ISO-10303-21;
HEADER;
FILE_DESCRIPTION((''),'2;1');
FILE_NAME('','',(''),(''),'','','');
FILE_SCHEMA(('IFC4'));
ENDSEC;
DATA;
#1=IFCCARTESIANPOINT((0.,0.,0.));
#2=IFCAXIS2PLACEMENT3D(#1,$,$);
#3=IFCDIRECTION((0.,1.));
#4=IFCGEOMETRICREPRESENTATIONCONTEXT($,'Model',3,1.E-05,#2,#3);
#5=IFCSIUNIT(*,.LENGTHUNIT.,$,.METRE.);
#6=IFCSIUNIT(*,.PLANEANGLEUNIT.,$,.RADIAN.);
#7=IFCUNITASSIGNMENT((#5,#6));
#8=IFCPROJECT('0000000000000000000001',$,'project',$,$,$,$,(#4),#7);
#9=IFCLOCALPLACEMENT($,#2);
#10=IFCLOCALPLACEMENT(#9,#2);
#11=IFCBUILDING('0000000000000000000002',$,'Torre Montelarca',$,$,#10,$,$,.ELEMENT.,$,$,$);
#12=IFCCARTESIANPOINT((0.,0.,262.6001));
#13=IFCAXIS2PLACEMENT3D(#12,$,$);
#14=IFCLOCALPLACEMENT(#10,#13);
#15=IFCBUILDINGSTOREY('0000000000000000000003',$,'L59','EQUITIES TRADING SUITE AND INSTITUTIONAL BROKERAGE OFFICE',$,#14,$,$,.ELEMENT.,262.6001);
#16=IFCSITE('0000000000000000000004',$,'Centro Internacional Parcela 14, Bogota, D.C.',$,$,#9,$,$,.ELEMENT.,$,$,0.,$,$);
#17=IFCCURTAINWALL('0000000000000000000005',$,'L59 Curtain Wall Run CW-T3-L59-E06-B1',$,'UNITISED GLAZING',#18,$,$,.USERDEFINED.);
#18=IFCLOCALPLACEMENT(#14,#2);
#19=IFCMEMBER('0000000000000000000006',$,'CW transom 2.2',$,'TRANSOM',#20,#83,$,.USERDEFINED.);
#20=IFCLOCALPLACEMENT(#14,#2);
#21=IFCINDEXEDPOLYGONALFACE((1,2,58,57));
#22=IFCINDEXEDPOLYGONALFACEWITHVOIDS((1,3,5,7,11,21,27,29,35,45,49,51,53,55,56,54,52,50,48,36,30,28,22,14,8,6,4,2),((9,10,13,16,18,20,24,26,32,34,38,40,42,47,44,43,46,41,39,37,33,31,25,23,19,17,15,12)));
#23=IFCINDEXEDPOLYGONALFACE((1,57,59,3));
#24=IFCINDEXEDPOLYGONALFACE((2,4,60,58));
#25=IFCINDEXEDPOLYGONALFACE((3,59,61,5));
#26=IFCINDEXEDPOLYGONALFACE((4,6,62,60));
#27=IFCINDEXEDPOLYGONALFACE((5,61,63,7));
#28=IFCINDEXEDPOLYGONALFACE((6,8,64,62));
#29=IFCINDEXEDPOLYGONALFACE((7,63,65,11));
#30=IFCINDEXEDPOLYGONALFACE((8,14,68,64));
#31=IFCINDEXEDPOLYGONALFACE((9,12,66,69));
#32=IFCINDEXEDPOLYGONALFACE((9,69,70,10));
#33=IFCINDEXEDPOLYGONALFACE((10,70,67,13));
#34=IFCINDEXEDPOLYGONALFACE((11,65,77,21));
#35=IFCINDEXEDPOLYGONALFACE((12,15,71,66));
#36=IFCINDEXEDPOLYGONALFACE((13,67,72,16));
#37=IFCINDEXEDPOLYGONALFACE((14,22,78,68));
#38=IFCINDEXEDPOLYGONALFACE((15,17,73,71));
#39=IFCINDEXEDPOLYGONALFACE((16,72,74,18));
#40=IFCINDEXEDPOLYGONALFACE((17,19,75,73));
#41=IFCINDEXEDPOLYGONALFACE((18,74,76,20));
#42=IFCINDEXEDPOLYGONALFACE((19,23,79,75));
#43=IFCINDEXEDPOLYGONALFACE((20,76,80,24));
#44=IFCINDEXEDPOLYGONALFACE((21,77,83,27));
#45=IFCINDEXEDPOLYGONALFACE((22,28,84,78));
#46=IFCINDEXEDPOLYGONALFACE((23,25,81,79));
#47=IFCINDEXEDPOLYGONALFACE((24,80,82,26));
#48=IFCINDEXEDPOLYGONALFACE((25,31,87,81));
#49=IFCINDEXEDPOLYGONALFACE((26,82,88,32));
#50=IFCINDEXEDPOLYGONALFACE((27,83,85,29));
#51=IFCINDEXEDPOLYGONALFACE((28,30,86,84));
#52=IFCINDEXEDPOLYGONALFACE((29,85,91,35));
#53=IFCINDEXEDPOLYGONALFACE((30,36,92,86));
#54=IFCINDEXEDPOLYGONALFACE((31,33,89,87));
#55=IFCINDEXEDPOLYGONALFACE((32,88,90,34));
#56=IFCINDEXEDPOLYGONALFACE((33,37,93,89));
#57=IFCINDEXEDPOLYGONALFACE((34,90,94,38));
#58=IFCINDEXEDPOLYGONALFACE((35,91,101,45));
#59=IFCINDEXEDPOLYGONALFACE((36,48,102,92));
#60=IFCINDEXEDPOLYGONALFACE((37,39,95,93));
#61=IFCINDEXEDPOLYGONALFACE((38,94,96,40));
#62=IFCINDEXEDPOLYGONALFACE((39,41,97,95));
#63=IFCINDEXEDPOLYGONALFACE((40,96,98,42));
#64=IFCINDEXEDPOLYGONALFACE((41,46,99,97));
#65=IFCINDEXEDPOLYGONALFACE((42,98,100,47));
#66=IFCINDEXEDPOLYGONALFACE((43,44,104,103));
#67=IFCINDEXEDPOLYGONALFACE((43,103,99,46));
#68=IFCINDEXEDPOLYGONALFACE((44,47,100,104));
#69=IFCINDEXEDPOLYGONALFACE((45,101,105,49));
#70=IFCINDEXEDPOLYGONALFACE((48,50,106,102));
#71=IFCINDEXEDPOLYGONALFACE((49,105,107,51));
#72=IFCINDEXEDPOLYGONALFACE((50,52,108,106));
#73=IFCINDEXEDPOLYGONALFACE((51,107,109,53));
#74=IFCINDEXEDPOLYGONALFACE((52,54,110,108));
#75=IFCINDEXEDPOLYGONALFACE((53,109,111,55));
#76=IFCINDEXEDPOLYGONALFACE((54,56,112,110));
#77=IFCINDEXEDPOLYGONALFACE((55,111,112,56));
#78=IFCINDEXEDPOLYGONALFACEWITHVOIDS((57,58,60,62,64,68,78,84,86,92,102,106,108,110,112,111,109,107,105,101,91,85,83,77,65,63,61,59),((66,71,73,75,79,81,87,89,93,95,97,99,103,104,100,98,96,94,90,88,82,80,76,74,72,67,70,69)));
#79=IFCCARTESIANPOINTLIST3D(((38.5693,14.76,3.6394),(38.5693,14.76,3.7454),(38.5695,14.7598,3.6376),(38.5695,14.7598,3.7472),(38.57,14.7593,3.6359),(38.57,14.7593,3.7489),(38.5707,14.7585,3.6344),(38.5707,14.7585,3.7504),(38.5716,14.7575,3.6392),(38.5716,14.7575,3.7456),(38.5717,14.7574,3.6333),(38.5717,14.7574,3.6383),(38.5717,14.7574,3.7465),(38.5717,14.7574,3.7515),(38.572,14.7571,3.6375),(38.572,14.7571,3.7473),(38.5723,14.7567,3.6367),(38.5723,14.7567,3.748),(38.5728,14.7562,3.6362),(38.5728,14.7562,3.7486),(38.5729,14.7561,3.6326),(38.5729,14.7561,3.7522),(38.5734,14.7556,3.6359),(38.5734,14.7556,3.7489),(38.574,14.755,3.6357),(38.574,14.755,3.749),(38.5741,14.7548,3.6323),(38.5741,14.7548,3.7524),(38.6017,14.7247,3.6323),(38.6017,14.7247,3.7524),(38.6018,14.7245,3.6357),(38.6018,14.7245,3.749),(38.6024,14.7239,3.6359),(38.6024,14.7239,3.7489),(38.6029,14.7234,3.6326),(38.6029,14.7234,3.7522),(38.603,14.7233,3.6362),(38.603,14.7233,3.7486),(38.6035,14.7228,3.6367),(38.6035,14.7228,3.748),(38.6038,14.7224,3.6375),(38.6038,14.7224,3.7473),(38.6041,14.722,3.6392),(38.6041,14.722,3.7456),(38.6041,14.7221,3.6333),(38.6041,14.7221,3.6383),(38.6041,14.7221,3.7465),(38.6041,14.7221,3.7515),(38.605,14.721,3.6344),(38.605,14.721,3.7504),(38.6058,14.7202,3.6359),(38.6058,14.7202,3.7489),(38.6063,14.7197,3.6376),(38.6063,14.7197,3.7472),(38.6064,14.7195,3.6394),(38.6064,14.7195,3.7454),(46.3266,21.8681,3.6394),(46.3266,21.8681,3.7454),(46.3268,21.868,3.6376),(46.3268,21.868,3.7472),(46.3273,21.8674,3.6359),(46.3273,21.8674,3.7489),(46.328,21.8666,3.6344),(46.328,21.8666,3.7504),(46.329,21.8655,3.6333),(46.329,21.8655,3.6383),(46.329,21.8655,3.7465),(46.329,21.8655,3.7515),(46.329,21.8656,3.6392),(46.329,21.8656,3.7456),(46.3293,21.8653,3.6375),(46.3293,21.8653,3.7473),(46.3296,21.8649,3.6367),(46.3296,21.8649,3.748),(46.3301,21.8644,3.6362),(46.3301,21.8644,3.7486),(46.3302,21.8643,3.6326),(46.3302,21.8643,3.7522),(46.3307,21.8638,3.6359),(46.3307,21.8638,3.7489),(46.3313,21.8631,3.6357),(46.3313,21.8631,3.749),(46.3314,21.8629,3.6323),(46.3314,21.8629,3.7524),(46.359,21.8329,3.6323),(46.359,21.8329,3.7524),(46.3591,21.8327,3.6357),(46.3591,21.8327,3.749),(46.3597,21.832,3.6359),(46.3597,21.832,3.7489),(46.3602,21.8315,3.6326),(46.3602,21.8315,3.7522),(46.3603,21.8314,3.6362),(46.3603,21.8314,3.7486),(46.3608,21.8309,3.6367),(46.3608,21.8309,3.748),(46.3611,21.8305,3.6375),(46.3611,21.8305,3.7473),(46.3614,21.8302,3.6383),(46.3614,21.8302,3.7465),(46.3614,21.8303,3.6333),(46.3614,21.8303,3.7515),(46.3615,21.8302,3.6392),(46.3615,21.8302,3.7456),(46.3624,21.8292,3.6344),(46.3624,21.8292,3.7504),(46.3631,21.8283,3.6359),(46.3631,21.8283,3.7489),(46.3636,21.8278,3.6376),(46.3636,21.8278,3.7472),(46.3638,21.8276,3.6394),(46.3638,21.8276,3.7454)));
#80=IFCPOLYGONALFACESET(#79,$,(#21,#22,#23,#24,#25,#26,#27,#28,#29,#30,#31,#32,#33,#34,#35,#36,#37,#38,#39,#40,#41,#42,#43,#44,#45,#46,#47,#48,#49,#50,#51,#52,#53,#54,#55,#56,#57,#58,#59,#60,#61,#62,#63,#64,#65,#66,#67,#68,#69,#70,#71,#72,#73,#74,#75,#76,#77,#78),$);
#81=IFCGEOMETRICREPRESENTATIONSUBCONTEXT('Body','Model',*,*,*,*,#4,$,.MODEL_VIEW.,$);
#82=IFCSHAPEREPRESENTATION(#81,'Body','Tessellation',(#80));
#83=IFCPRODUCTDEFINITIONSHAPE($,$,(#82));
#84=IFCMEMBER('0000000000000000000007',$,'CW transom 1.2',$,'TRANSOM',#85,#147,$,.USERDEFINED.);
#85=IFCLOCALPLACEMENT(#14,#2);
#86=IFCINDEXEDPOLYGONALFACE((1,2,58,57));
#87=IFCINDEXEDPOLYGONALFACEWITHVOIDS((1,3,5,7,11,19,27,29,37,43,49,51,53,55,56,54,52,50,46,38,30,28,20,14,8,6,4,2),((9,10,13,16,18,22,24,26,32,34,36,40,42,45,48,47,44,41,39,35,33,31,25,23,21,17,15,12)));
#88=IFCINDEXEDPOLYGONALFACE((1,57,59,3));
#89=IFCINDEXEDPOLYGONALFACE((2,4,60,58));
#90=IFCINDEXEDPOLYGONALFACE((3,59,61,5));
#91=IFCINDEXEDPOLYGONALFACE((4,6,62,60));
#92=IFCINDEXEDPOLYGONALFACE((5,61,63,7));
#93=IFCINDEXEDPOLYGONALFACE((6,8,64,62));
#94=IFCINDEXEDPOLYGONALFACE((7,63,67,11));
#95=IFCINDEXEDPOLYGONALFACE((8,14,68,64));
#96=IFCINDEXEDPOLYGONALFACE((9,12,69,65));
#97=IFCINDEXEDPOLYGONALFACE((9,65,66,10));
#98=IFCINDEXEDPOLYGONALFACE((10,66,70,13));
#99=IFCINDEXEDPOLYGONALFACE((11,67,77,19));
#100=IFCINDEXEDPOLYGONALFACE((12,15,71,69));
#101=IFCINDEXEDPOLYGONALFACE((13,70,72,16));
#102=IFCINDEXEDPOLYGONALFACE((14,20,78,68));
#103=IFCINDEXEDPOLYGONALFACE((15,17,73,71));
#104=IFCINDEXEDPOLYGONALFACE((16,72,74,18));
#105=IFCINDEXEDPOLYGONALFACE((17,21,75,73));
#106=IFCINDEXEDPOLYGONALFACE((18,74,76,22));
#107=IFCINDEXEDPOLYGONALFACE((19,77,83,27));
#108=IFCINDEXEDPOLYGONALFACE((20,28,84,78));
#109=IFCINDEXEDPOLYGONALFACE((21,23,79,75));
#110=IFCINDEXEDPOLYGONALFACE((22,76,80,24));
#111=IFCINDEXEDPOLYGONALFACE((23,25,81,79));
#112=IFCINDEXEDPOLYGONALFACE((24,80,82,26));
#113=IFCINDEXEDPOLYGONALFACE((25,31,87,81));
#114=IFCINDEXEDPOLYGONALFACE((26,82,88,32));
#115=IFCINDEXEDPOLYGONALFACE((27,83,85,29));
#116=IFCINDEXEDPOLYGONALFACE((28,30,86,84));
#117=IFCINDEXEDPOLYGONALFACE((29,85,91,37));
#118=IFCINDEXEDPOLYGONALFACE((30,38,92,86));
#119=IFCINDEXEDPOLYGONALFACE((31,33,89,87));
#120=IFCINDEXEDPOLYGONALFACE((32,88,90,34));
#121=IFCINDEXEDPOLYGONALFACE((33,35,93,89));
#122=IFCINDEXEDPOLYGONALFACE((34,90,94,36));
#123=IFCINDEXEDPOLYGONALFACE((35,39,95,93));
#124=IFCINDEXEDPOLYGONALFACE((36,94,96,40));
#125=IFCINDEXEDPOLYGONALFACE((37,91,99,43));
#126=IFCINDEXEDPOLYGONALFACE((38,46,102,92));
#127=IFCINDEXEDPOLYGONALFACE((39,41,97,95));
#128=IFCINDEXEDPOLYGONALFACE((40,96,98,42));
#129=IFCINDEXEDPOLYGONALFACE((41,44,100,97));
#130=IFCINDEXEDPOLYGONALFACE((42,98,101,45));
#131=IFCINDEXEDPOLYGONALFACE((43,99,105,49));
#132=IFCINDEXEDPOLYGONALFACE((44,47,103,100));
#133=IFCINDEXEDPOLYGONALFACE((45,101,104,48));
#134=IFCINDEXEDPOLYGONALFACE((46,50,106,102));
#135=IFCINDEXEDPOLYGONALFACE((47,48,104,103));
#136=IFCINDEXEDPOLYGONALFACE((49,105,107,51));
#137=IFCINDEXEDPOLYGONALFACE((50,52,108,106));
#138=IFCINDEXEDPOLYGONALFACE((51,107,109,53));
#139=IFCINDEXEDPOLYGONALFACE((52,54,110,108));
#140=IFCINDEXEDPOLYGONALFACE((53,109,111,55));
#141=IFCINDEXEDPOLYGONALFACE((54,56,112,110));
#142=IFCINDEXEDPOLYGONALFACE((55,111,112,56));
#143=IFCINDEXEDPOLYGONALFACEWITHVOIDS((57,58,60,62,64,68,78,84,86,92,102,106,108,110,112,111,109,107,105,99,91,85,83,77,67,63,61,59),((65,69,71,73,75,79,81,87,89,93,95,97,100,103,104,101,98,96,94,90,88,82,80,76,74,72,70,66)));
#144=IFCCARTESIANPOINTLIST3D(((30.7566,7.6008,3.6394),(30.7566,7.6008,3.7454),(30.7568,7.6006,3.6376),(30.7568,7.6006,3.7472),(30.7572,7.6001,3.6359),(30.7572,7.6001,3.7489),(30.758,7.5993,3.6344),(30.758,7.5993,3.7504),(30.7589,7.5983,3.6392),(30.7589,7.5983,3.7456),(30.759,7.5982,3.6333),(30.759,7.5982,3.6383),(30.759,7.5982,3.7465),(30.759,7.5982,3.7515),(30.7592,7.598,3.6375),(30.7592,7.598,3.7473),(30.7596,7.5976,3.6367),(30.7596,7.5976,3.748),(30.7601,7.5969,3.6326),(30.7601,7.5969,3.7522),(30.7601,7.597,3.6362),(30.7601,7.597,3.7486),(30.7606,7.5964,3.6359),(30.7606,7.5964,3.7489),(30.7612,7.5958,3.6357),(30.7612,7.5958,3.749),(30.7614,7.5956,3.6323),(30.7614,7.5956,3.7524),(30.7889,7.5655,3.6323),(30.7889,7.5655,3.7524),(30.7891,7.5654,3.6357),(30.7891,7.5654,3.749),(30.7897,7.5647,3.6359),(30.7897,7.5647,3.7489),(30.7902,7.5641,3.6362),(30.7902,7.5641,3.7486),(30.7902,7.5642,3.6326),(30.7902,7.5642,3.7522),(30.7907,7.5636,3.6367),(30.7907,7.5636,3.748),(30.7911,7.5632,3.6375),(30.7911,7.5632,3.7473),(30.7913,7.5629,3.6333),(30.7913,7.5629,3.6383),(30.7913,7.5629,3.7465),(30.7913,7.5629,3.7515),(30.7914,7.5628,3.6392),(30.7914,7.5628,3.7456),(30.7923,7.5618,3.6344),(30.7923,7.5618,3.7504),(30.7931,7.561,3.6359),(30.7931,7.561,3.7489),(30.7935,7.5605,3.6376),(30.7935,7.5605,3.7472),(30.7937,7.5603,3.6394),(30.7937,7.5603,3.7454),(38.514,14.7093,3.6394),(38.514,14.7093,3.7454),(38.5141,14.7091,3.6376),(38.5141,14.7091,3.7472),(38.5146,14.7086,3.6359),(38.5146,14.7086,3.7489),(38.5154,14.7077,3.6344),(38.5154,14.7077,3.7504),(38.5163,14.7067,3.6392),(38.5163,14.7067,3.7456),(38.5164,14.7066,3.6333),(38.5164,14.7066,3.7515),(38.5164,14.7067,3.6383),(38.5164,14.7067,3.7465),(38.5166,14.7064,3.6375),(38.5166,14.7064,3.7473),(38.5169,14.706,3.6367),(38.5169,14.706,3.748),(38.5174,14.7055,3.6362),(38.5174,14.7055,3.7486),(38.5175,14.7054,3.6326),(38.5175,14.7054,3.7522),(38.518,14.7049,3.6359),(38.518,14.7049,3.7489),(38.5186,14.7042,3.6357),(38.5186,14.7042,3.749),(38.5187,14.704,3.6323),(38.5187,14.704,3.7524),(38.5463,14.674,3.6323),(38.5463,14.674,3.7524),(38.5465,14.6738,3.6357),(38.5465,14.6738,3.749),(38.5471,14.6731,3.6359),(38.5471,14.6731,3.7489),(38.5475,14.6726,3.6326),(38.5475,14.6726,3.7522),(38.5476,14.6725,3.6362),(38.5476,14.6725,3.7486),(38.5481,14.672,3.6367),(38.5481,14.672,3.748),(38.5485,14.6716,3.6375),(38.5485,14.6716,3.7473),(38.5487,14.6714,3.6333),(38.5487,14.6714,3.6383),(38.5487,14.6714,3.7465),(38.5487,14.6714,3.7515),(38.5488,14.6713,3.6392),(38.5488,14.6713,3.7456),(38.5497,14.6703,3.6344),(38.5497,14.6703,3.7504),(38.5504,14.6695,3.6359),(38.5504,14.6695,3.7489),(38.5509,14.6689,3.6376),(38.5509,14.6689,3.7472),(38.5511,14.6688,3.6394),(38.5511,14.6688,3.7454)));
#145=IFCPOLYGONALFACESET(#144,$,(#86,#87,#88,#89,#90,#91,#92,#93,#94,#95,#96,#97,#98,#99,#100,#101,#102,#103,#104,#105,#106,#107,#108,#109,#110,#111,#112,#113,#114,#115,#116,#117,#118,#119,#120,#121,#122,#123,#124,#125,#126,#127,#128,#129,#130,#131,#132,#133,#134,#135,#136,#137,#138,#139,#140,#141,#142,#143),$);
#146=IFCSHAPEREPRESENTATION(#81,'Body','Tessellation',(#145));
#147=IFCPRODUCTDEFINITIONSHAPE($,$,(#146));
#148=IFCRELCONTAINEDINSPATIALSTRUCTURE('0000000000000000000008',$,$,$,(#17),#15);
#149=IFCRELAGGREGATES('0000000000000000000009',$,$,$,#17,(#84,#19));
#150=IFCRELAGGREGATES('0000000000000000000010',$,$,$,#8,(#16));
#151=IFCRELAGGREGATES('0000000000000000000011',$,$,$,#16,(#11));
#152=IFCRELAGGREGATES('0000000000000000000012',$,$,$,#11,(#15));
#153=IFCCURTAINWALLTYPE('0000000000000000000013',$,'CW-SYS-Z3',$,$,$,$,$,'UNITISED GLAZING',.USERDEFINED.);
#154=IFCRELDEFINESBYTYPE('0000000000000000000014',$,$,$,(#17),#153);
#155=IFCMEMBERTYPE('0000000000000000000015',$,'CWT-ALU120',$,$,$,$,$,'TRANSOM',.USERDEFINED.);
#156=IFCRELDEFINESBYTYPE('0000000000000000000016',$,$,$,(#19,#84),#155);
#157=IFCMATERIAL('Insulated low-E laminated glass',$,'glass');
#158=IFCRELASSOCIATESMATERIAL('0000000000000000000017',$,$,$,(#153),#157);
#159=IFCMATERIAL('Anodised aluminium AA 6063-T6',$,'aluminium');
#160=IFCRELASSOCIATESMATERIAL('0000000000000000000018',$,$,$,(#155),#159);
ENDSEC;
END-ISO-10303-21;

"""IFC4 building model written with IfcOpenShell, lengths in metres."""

from ifc_helpers import new_model, si_unit, direction, frame, origin, origin_2d, place, context, subcontext, project, spatial, hollow_rectangle, extrude, source, transform, mapped, material, material_profile, profile_set, type_object, element, aggregate, save


model = new_model("IFC4")

# Units and contexts
model_context = context("Model", 3, precision=1e-05, world=origin(), true_north=direction((0.0, 1.0)))
body_context = subcontext(model_context, "Body", "Model", "MODEL_VIEW")
ifc_project = project(units=[si_unit("LENGTHUNIT", "METRE"), si_unit("PLANEANGLEUNIT", "RADIAN")], contexts=[model_context])

# Site, building, storey
site_placement = place(None, origin())
site = spatial("IfcSite", under=ifc_project, at=site_placement, Name="Centro Internacional Parcela 14, Bogota, D.C.", CompositionType="ELEMENT", RefElevation=0.0)
building_placement = place(site_placement, origin())
building = spatial("IfcBuilding", under=site, at=building_placement, Name="Torre Montelarca", CompositionType="ELEMENT")
storey_placement = place(building_placement, frame((0.0, 0.0, 262.6001)))
storey = spatial("IfcBuildingStorey", under=building, at=storey_placement, Name="L59", Description="EQUITIES TRADING SUITE AND INSTITUTIONAL BROKERAGE OFFICE", CompositionType="ELEMENT", Elevation=262.6001)

# Curtain wall
ifc_material_1 = material(Name="Insulated low-E laminated glass", Category="glass")
curtain_wall_type = type_object("IfcCurtainWallType", Name="CW-SYS-Z3", ElementType="UNITISED GLAZING", PredefinedType="USERDEFINED", material=ifc_material_1)
ifc_material_2 = material(Name="Anodised aluminium AA 6063-T6", Category="aluminium")
ifc_material_profile_1 = material_profile(ifc_material_2, hollow_rectangle(XDim=0.0549, YDim=0.1201, WallThickness=0.0034, InnerFilletRadius=0.0034, OuterFilletRadius=0.0071, at=origin_2d()), Name="ALU55X120X3.5", Category="aluminium")
ifc_profile_set_1 = profile_set([ifc_material_profile_1], Name="Anodised aluminium AA 6063-T6")
member_type_1 = type_object("IfcMemberType", Name="CWT-ALU120", ElementType="TRANSOM", PredefinedType="USERDEFINED", material=ifc_profile_set_1)
curtain_wall_1_placement = place(storey_placement, origin())
curtain_wall_1 = element("IfcCurtainWall", 1, at=curtain_wall_1_placement, inside=storey, type_object=curtain_wall_type, Name="L59 Curtain Wall Run CW-T3-L59-E06-B1", ObjectType="UNITISED GLAZING", PredefinedType="USERDEFINED")

# Members
shared_shape_1 = source(origin(), body_context, "Body", "SweptSolid", [
    extrude(hollow_rectangle(XDim=0.0549, YDim=0.1201, WallThickness=0.0034, InnerFilletRadius=0.0034, OuterFilletRadius=0.0071, at=origin_2d()), origin(), (0.0, 0.0, 1.0), 10.5215),
])
member_1_placement = place(storey_placement, frame((38.5879, 14.7397, 3.6924), z_axis=(0.737283, 0.675584, 0.0), x_axis=(-0.675584, 0.737283, 0.0)))
member_1 = element("IfcMember", 2, at=member_1_placement, type_object=member_type_1, Name="CW transom 2.2", ObjectType="TRANSOM", PredefinedType="USERDEFINED", context=body_context, shape_type="MappedRepresentation", body=[
    mapped(shared_shape_1, transform((0.0, 0.0, 0.0), scale=1.0)),
])
shared_shape_2 = source(origin(), body_context, "Body", "SweptSolid", [
    extrude(hollow_rectangle(XDim=0.0549, YDim=0.1201, WallThickness=0.0034, InnerFilletRadius=0.0034, OuterFilletRadius=0.0071, at=origin_2d()), origin(), (0.0, 0.0, 1.0), 10.5217),
])
member_2_placement = place(storey_placement, frame((30.7751, 7.5806, 3.6924), z_axis=(0.737272, 0.675596, 0.0), x_axis=(-0.675596, 0.737272, 0.0)))
member_2 = element("IfcMember", 3, at=member_2_placement, type_object=member_type_1, Name="CW transom 1.2", ObjectType="TRANSOM", PredefinedType="USERDEFINED", context=body_context, shape_type="MappedRepresentation", body=[
    mapped(shared_shape_2, transform((0.0, 0.0, 0.0), scale=1.0)),
])

aggregate(curtain_wall_1, [member_2, member_1])

save(model, "model.ifc")
